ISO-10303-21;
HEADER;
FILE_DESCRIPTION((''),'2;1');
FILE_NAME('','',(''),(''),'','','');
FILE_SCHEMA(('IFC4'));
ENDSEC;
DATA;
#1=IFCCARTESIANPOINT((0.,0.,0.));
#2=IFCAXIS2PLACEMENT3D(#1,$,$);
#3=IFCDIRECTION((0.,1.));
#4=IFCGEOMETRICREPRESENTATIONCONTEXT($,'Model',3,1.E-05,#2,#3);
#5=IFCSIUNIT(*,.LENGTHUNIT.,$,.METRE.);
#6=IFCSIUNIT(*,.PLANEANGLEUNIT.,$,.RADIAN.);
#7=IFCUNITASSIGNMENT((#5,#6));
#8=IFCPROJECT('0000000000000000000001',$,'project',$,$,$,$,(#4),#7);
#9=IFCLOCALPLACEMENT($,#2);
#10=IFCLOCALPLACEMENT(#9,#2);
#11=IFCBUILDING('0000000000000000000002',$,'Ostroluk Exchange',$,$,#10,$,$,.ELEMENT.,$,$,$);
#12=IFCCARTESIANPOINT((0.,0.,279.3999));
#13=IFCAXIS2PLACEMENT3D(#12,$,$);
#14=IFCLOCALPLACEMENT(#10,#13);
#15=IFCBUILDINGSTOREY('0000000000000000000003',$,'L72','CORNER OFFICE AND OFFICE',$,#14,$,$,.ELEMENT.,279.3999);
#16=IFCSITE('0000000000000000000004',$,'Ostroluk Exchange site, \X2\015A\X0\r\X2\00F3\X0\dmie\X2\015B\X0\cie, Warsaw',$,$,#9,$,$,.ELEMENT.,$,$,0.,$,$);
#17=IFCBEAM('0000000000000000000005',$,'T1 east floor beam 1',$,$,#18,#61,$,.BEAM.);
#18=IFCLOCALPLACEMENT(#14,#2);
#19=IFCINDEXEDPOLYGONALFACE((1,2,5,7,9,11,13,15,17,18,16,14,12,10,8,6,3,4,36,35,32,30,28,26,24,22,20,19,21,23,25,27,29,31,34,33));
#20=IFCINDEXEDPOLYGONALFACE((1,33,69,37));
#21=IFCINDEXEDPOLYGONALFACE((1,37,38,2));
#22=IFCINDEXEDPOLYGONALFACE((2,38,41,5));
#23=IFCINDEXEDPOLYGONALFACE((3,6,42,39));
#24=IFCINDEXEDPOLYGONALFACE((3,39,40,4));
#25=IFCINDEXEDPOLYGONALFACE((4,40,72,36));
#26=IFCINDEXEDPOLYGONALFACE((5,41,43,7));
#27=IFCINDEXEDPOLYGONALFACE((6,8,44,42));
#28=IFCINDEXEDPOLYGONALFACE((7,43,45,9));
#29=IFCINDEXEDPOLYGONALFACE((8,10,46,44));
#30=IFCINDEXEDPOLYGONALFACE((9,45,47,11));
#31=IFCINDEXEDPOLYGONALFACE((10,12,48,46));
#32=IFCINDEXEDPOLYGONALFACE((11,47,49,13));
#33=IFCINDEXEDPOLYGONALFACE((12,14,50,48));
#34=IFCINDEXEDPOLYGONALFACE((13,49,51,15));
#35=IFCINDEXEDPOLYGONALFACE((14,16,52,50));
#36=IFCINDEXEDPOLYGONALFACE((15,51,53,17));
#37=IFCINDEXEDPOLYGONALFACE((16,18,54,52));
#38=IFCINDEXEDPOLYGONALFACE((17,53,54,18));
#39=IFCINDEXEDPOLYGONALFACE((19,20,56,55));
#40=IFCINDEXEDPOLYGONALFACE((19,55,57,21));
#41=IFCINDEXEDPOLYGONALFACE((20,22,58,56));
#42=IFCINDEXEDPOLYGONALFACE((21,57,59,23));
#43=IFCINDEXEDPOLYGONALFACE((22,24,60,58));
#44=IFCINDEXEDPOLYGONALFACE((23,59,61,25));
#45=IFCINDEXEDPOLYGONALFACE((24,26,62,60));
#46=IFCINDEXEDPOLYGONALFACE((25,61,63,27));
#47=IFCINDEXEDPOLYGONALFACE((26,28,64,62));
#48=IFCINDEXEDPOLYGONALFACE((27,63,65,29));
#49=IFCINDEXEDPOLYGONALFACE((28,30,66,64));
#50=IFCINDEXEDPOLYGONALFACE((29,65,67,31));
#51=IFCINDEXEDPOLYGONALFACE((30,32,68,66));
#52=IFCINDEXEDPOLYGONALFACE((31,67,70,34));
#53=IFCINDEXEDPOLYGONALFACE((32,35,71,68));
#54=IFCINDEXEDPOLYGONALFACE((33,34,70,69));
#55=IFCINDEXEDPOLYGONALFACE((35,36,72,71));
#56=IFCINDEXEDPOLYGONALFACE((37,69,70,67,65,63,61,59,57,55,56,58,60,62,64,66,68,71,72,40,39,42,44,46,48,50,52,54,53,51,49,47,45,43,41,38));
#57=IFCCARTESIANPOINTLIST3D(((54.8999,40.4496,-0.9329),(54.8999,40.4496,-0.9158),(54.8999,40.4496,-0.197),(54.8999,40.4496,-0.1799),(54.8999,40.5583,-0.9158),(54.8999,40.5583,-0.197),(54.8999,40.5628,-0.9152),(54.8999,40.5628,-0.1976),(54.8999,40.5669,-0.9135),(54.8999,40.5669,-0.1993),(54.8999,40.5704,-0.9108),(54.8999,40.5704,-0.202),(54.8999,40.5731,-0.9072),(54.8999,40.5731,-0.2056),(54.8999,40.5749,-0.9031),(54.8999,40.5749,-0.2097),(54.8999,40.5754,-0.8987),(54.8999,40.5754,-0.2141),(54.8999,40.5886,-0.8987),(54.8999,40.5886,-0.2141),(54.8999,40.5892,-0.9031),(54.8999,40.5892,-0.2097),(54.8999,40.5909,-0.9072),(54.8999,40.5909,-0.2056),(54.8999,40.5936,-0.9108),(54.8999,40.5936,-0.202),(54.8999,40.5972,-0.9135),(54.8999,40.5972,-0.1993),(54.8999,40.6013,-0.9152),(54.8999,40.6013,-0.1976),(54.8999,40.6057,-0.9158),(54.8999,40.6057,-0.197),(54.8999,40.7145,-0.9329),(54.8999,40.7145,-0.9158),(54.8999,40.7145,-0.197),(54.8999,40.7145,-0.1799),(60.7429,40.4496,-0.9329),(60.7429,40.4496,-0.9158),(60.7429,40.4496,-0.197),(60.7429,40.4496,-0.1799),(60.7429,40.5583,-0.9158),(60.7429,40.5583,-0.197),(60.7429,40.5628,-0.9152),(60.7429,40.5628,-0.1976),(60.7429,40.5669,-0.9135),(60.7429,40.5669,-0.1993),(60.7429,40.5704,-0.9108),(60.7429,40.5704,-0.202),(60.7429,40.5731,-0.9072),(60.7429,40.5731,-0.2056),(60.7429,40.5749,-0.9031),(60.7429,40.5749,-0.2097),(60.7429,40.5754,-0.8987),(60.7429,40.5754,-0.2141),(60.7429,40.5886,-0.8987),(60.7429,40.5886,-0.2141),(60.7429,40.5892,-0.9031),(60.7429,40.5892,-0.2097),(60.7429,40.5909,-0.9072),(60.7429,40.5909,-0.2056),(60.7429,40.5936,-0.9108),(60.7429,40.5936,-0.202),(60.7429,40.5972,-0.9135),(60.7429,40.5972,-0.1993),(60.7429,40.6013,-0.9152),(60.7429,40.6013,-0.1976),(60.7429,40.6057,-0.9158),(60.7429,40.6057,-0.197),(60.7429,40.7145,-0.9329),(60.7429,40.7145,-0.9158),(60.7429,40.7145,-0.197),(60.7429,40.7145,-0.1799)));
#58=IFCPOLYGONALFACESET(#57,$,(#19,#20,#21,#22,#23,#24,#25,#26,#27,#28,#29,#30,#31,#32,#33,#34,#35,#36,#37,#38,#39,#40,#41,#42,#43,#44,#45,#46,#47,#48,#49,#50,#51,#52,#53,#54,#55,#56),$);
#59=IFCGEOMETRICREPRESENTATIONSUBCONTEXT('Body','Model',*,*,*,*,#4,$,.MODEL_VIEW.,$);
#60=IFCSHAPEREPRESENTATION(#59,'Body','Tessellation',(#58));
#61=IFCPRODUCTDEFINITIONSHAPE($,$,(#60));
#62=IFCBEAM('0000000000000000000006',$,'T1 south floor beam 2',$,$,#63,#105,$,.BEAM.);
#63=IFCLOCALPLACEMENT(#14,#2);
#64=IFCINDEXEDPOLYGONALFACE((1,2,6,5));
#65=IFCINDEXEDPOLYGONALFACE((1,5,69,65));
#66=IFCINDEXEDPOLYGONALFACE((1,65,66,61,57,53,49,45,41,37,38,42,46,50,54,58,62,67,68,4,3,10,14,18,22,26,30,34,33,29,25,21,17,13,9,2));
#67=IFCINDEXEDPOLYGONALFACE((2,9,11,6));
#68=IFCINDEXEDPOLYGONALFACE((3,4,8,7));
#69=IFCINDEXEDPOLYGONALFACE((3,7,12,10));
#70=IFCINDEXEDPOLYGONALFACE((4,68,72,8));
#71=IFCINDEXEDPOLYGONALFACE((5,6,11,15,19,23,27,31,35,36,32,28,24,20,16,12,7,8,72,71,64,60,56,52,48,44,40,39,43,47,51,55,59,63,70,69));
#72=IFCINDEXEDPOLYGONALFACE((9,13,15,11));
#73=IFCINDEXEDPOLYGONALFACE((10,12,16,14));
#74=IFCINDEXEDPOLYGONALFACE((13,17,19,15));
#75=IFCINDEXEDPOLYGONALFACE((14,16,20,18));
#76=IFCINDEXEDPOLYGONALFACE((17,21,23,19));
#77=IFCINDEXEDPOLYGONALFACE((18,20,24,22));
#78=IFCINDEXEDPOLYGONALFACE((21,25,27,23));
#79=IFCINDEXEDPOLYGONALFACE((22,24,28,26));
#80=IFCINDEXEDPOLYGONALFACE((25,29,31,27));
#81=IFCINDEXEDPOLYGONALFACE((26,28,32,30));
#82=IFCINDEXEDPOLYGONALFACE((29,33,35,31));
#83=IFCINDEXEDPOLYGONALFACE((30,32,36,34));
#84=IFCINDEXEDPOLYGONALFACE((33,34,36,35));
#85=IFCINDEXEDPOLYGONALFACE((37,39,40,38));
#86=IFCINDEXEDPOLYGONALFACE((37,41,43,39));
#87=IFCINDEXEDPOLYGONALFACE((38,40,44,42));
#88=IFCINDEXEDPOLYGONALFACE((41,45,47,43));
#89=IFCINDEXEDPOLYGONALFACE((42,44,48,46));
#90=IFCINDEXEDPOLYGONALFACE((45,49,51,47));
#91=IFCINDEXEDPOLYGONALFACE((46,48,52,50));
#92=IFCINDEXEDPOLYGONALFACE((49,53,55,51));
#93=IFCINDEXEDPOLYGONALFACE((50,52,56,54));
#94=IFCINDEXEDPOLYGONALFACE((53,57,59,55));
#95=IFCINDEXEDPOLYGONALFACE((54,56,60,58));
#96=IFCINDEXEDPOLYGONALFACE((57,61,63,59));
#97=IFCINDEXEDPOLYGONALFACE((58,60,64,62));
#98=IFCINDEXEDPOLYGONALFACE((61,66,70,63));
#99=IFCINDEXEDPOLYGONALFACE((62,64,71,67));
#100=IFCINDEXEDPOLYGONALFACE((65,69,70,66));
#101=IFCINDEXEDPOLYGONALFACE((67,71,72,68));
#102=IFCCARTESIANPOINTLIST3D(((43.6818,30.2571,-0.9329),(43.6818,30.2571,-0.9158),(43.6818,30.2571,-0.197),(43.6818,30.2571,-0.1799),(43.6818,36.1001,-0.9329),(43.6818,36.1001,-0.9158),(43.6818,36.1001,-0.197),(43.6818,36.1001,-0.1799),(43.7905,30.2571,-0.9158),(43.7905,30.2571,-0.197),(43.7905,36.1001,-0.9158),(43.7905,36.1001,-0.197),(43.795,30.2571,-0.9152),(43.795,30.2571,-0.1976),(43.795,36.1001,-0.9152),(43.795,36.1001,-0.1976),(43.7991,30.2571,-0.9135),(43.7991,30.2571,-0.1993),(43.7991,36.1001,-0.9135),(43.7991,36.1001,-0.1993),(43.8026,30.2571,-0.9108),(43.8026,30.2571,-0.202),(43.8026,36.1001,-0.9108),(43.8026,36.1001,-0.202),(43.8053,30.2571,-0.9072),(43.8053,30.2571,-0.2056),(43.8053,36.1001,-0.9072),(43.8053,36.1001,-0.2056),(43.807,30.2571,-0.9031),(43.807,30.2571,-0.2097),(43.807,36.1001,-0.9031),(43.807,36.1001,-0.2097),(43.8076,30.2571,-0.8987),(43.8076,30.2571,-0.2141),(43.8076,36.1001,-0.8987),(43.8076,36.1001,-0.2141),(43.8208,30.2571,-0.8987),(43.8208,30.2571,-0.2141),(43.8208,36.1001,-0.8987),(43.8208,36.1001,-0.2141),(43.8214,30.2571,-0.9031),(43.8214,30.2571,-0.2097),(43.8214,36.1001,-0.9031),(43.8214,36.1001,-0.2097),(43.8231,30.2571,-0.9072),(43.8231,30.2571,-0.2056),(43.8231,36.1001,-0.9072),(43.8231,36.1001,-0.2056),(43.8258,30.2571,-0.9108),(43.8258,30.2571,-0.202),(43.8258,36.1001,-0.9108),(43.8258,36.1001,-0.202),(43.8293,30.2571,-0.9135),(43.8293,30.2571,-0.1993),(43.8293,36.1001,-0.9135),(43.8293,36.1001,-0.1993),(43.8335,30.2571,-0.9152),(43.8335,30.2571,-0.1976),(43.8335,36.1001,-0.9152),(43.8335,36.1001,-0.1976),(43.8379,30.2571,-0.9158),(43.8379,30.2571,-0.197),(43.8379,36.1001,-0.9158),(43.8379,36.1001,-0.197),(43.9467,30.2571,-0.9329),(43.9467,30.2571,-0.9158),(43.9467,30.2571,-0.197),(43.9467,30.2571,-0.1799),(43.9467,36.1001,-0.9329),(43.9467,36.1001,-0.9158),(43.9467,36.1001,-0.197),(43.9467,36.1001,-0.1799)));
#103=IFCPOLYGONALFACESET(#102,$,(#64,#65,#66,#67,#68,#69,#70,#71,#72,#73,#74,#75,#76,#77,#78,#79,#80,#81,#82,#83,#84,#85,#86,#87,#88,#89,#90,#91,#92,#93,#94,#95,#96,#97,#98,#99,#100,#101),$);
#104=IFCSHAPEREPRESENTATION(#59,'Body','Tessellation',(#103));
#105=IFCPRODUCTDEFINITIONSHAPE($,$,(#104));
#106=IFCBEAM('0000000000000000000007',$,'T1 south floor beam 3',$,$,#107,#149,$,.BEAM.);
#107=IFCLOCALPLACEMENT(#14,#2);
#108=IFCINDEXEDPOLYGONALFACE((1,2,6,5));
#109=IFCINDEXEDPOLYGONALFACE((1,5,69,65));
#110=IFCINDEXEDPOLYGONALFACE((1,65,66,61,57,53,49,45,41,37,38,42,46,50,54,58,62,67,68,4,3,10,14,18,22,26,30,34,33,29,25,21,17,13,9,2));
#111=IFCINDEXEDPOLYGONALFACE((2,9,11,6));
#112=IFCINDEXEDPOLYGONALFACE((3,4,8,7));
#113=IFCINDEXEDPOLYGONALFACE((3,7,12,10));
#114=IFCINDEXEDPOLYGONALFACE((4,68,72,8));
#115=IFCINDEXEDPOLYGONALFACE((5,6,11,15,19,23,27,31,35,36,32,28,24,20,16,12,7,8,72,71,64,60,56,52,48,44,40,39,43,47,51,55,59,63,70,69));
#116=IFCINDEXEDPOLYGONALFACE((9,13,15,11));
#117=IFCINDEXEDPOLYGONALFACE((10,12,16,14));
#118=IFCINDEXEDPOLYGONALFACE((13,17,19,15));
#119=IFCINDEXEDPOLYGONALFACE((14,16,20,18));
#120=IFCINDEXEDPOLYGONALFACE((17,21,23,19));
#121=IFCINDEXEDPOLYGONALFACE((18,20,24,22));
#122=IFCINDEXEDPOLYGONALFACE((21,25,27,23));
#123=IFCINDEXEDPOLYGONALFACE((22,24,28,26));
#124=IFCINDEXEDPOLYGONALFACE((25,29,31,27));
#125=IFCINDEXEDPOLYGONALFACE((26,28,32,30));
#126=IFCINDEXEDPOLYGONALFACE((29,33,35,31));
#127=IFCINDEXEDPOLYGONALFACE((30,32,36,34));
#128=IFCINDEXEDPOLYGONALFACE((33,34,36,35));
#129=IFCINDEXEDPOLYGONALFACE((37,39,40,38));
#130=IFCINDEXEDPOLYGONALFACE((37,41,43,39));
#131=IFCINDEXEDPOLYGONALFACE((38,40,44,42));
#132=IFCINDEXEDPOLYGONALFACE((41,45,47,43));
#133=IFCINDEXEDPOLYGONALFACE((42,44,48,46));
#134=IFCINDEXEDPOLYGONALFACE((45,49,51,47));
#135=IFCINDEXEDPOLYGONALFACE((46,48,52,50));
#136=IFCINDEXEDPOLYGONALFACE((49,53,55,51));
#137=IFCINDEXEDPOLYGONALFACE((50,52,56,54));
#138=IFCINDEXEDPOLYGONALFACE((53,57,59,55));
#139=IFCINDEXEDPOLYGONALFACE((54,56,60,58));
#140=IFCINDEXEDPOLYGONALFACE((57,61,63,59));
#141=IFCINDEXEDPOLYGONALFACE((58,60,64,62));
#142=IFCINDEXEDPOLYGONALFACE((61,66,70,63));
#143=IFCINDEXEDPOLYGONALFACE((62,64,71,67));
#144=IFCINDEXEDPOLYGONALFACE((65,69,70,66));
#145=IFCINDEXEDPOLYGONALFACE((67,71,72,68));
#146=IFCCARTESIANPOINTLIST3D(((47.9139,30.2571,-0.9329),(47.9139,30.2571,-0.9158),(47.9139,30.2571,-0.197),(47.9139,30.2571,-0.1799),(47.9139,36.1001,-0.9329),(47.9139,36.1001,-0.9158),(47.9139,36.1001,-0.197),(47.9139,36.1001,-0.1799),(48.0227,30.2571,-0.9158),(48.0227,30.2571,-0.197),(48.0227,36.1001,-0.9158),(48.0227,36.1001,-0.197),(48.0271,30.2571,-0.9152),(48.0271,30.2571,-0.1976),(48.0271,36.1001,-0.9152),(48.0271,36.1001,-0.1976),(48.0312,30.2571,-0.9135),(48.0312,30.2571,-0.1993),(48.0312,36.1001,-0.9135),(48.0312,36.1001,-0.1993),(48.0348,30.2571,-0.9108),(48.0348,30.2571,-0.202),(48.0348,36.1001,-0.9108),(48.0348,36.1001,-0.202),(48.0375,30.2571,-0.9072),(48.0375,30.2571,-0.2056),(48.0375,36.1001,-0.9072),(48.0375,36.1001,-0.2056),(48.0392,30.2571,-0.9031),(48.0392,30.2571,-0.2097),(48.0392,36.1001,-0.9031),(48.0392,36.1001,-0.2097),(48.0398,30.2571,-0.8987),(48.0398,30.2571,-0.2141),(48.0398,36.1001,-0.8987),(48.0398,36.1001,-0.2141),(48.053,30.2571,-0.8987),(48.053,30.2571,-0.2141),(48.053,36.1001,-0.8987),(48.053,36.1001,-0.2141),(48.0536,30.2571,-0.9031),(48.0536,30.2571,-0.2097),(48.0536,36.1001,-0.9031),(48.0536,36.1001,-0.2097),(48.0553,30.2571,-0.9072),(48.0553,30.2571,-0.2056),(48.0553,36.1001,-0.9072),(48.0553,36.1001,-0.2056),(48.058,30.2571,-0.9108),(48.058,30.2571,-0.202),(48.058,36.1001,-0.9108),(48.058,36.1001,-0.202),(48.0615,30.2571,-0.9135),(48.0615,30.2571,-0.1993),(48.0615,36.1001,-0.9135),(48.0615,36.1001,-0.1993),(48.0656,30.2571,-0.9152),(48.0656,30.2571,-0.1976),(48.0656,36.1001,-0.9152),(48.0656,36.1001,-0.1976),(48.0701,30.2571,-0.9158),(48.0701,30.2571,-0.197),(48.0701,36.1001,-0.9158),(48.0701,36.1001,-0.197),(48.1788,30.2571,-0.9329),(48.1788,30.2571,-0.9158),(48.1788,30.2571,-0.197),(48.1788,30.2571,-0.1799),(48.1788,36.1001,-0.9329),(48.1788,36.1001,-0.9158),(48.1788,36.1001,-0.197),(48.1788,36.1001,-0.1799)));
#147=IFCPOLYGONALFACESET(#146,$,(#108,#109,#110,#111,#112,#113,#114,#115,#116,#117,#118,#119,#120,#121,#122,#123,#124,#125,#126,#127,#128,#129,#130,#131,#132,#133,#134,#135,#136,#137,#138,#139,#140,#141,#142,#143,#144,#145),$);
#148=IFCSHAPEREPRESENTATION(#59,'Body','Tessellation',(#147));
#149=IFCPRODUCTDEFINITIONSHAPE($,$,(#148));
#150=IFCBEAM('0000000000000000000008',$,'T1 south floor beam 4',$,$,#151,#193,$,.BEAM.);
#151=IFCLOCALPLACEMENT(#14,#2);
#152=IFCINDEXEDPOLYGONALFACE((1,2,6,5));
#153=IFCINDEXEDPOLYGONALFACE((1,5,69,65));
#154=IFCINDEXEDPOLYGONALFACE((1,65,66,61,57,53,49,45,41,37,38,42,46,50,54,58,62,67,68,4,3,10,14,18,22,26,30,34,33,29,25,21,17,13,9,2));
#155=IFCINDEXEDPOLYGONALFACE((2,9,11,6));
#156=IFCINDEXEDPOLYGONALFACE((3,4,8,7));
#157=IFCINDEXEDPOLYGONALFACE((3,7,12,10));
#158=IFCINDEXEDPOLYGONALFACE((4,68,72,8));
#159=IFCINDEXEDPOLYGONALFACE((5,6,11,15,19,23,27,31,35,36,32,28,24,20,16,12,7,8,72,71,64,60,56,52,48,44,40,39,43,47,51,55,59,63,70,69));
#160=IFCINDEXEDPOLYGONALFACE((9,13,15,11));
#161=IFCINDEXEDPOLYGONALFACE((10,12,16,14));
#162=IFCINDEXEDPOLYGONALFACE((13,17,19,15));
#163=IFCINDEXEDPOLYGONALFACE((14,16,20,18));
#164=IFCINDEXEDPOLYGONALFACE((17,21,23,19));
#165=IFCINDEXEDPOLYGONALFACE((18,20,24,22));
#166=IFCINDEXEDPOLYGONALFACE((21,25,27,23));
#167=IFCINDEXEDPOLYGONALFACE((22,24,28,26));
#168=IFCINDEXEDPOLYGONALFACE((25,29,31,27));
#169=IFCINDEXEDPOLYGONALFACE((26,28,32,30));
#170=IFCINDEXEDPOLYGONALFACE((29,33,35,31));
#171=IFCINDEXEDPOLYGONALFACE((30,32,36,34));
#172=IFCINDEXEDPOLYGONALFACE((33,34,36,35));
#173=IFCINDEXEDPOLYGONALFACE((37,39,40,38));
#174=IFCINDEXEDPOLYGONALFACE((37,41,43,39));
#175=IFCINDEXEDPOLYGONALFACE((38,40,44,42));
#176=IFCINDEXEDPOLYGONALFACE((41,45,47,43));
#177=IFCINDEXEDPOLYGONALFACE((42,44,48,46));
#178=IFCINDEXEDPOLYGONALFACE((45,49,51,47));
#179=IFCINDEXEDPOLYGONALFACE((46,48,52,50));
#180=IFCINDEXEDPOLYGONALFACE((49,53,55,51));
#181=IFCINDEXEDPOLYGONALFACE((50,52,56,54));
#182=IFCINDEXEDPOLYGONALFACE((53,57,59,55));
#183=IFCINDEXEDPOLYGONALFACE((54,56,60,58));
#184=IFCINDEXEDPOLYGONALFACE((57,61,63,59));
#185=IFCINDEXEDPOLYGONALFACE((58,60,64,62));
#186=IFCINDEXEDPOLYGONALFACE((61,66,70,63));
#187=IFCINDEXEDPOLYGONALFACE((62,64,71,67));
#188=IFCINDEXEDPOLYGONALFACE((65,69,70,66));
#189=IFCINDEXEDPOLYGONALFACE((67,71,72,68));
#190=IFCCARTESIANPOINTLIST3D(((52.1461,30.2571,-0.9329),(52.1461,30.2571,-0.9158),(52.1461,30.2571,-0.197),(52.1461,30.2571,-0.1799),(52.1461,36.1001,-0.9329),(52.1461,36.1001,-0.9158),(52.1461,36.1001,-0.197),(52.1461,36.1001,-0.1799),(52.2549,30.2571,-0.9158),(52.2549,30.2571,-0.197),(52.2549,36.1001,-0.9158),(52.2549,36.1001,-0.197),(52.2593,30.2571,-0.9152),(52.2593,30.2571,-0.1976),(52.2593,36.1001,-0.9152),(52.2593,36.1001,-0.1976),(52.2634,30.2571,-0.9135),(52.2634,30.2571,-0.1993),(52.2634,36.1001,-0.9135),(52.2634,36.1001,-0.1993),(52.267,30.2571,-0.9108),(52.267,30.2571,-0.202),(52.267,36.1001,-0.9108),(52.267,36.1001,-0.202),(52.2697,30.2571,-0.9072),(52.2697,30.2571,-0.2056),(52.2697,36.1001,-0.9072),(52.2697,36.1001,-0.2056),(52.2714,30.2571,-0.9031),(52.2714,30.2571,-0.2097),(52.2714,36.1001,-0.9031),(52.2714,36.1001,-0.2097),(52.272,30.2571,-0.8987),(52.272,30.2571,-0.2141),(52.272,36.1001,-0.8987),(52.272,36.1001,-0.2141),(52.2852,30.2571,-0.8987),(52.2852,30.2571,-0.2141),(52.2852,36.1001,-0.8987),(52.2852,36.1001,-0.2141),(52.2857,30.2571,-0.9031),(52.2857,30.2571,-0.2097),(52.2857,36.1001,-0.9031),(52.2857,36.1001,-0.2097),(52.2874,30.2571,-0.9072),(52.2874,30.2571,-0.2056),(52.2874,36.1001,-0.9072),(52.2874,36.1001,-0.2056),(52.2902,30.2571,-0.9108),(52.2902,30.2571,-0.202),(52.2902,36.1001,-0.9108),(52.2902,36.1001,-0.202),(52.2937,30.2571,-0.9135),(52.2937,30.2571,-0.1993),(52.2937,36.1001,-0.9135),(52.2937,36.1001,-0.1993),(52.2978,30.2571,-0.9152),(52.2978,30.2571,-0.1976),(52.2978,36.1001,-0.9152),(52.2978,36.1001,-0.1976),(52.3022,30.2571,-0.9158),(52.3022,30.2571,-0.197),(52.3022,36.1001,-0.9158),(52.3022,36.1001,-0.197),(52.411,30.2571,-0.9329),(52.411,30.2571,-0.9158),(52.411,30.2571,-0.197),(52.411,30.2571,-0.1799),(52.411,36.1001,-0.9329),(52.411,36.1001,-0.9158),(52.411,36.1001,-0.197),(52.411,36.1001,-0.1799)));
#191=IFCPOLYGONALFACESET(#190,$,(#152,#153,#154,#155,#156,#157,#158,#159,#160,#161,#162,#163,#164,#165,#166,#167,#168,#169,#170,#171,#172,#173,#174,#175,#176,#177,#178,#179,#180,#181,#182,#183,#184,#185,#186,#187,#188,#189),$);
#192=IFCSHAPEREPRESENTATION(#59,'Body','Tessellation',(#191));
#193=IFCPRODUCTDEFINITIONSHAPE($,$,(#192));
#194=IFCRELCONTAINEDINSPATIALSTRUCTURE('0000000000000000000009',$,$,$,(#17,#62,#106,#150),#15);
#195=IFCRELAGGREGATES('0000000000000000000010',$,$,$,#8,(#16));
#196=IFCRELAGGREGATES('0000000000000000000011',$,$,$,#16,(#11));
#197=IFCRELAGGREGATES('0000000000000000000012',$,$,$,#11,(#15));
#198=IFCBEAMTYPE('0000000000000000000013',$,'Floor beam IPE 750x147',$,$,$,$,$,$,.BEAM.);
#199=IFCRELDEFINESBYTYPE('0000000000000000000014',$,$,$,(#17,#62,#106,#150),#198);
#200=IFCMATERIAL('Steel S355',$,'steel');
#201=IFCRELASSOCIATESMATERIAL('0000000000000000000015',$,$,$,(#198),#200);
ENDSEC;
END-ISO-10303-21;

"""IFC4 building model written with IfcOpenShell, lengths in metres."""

from ifc_helpers import new_model, si_unit, direction, frame, origin, origin_2d, place, context, subcontext, project, spatial, i_section, extrude, material, material_profile, profile_set, type_object, element, save


model = new_model("IFC4")

# Units and contexts
model_context = context("Model", 3, precision=1e-05, world=origin(), true_north=direction((0.0, 1.0)))
body_context = subcontext(model_context, "Body", "Model", "MODEL_VIEW")
ifc_project = project(units=[si_unit("LENGTHUNIT", "METRE"), si_unit("PLANEANGLEUNIT", "RADIAN")], contexts=[model_context])

# Site, building, storey
site_placement = place(None, origin())
site = spatial("IfcSite", under=ifc_project, at=site_placement, Name="Ostroluk Exchange site, Śródmieście, Warsaw", CompositionType="ELEMENT", RefElevation=0.0)
building_placement = place(site_placement, origin())
building = spatial("IfcBuilding", under=site, at=building_placement, Name="Ostroluk Exchange", CompositionType="ELEMENT")
storey_placement = place(building_placement, frame((0.0, 0.0, 279.3999)))
storey = spatial("IfcBuildingStorey", under=building, at=storey_placement, Name="L72", Description="CORNER OFFICE AND OFFICE", CompositionType="ELEMENT", Elevation=279.3999)

# Beams
ifc_material_1 = material(Name="Steel S355", Category="steel")
ifc_material_profile_1 = material_profile(ifc_material_1, i_section(OverallWidth=0.2649, OverallDepth=0.7529, WebThickness=0.0132, FlangeThickness=0.0171, FilletRadius=0.0171, at=origin_2d()), Name="IPE 750x147")
ifc_profile_set_1 = profile_set([ifc_material_profile_1], Name="Steel S355")
beam_type_1 = type_object("IfcBeamType", Name="Floor beam IPE 750x147", PredefinedType="BEAM", material=ifc_profile_set_1)
for number, where, z_axis, x_axis, name in (
    (1, (54.8999, 40.582, -0.5564), (1.0, 0.0, 0.0), (0.0, 1.0, 0.0), "T1 east floor beam 1"),
    (2, (43.8142, 36.1001, -0.5564), (0.0, -1.0, 0.0), (1.0, 0.0, 0.0), "T1 south floor beam 2"),
    (3, (48.0464, 36.1001, -0.5564), (0.0, -1.0, 0.0), (1.0, 0.0, 0.0), "T1 south floor beam 3"),
    (4, (52.2786, 36.1001, -0.5564), (0.0, -1.0, 0.0), (1.0, 0.0, 0.0), "T1 south floor beam 4"),
):
    element("IfcBeam", number, at=place(storey_placement, frame(where, z_axis=z_axis, x_axis=x_axis)), inside=storey, type_object=beam_type_1, Name=name, PredefinedType="BEAM", context=body_context, shape_type="SweptSolid", body=[
        extrude(i_section(OverallWidth=0.2649, OverallDepth=0.7529, WebThickness=0.0132, FlangeThickness=0.0171, FilletRadius=0.0171, at=origin_2d()), origin(), (0.0, 0.0, 1.0), 5.843),
    ])

save(model, "model.ifc")
